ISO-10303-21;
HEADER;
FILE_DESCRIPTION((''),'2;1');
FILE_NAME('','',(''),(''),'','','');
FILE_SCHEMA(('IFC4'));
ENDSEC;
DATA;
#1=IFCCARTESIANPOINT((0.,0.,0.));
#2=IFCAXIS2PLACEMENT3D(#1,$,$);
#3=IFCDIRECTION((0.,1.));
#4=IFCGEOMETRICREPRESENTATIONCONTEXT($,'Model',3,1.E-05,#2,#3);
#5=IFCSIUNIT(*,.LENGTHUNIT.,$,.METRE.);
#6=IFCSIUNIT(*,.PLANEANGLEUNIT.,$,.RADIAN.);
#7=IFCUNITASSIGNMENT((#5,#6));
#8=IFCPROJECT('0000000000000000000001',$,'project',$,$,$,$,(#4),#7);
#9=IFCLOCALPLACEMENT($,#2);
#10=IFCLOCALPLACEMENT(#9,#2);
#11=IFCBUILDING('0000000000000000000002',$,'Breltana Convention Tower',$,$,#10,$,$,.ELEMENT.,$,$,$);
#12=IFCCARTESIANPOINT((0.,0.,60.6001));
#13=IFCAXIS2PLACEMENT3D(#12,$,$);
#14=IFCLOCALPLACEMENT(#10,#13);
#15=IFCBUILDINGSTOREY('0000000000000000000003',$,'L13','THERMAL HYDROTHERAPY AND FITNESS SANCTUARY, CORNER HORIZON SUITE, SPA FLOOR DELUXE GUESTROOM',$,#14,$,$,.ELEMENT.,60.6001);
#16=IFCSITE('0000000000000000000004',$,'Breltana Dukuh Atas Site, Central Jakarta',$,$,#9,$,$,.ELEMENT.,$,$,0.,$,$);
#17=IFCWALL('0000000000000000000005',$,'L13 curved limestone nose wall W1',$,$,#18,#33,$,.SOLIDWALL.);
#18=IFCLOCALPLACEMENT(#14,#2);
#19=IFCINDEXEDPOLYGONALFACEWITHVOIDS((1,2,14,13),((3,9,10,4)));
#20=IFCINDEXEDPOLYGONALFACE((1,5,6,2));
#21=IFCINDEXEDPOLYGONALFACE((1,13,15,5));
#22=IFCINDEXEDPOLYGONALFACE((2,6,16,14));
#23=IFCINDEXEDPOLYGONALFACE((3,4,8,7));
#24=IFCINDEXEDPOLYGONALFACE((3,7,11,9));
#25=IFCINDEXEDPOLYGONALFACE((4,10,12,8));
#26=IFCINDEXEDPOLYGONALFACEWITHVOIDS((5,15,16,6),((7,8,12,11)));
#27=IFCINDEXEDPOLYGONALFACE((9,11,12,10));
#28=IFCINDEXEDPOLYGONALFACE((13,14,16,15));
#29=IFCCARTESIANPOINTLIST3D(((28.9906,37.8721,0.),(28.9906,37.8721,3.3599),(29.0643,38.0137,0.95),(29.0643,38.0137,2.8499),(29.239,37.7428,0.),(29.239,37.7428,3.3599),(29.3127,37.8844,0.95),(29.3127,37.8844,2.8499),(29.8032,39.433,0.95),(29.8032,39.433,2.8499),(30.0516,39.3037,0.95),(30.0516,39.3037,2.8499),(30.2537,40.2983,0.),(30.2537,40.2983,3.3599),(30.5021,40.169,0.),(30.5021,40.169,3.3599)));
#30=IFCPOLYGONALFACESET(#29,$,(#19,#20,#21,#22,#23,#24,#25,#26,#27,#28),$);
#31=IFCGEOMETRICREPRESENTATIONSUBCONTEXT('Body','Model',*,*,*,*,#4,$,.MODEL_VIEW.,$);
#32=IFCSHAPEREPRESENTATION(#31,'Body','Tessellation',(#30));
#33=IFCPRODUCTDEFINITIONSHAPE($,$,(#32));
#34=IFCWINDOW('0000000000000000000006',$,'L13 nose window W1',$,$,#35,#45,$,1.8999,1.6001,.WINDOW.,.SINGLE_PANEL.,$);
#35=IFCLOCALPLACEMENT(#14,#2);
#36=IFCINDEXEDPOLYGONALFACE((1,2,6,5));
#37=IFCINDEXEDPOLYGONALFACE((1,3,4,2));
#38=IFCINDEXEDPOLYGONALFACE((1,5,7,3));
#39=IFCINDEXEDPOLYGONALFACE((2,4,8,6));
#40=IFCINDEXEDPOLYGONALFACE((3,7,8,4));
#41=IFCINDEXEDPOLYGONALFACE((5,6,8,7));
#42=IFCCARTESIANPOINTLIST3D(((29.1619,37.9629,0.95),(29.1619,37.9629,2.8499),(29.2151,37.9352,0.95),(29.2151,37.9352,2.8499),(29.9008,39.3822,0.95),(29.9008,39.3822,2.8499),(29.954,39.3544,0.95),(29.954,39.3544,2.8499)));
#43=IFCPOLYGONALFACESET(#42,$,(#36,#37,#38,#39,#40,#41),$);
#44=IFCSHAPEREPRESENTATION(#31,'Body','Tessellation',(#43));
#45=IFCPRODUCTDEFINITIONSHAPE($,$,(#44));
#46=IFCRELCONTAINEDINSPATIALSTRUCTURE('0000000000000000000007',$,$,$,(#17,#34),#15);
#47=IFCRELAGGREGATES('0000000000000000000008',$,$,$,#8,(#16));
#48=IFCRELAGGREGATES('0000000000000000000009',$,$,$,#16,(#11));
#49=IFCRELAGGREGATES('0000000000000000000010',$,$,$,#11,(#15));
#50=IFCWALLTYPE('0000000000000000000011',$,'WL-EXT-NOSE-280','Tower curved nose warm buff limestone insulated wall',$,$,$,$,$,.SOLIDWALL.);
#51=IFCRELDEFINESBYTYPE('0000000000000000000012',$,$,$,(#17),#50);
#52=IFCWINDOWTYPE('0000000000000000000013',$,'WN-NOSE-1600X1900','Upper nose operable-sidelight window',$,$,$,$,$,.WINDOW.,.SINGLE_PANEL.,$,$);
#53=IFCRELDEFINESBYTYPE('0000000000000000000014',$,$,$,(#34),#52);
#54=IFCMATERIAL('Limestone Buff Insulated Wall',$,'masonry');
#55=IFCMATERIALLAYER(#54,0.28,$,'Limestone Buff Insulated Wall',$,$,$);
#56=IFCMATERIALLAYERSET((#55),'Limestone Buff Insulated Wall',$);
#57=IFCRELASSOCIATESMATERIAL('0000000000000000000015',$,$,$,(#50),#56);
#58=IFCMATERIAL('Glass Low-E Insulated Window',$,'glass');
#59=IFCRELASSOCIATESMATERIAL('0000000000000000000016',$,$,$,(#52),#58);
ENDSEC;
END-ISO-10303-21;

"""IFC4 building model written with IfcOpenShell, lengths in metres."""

from ifc_helpers import new_model, si_unit, direction, frame, frame_2d, origin, place, context, subcontext, project, spatial, rectangle, extrude, source, transform, mapped, material, layer, layer_set, type_object, type_shapes, element, fill, save


model = new_model("IFC4")

# Units and contexts
model_context = context("Model", 3, precision=1e-05, world=origin(), true_north=direction((0.0, 1.0)))
body_context = subcontext(model_context, "Body", "Model", "MODEL_VIEW")
ifc_project = project(units=[si_unit("LENGTHUNIT", "METRE"), si_unit("PLANEANGLEUNIT", "RADIAN")], contexts=[model_context])

# Site, building, storey
site_placement = place(None, origin())
site = spatial("IfcSite", under=ifc_project, at=site_placement, Name="Breltana Dukuh Atas Site, Central Jakarta", CompositionType="ELEMENT", RefElevation=0.0)
building_placement = place(site_placement, origin())
building = spatial("IfcBuilding", under=site, at=building_placement, Name="Breltana Convention Tower", CompositionType="ELEMENT")
storey_placement = place(building_placement, frame((0.0, 0.0, 60.6001)))
storey = spatial("IfcBuildingStorey", under=building, at=storey_placement, Name="L13", Description="THERMAL HYDROTHERAPY AND FITNESS SANCTUARY, CORNER HORIZON SUITE, SPA FLOOR DELUXE GUESTROOM", CompositionType="ELEMENT", Elevation=60.6001)

# Wall, opening, window
ifc_material_1 = material(Name="Limestone Buff Insulated Wall", Category="masonry")
ifc_layer_1 = layer(ifc_material_1, 0.28, Name="Limestone Buff Insulated Wall")
ifc_layer_set_1 = layer_set([ifc_layer_1], Name="Limestone Buff Insulated Wall")
wall_type = type_object("IfcWallType", Name="WL-EXT-NOSE-280", Description="Tower curved nose warm buff limestone insulated wall", PredefinedType="SOLIDWALL", material=ifc_layer_set_1)
ifc_material_2 = material(Name="Glass Low-E Insulated Window", Category="glass")
window_type = type_object("IfcWindowType", Name="WN-NOSE-1600X1900", Description="Upper nose operable-sidelight window", PartitioningType="SINGLE_PANEL", PredefinedType="WINDOW", material=ifc_material_2)
shared_shape_1 = source(origin(), body_context, "Body", "SweptSolid", [
    extrude(rectangle(XDim=1.6001, YDim=1.8999, at=frame_2d((0.8, 0.95))), frame((0.0, 0.03, 0.0), z_axis=(0.0, -1.0, 0.0), x_axis=(1.0, 0.0, 0.0)), (0.0, 0.0, 1.0), 0.0601),
])
type_shapes(window_type, [shared_shape_1])
shared_shape_2 = source(origin(), body_context, "Body", "SweptSolid", [
    extrude(rectangle(XDim=2.7354, YDim=0.28, at=frame_2d((1.3677, 0.0))), origin(), (0.0, 0.0, 1.0), 3.3599),
])
wall_1_placement = place(storey_placement, frame((30.3779, 40.2336, 0.0), z_axis=(0.0, 0.0, 1.0), x_axis=(-0.461791, -0.886989, 0.0)))
wall_1 = element("IfcWall", 1, at=wall_1_placement, inside=storey, type_object=wall_type, Name="L13 curved limestone nose wall W1", PredefinedType="SOLIDWALL", context=body_context, shape_type="MappedRepresentation", body=[
    mapped(shared_shape_2, transform((0.0, 0.0, 0.0), scale=1.0)),
])
opening_1_placement = place(wall_1_placement, frame((0.9756, 0.0, 0.95)))
opening_1 = element("IfcOpeningElement", 2, at=opening_1_placement, cuts=wall_1, PredefinedType="OPENING", context=body_context, shape_type="SweptSolid", body=[
    extrude(rectangle(XDim=1.6001, YDim=1.8999, at=frame_2d((0.8, 0.95))), frame((0.0, 0.1499, 0.0), z_axis=(0.0, -1.0, 0.0), x_axis=(1.0, 0.0, 0.0)), (0.0, 0.0, 1.0), 0.3),
])
window_1_placement = place(opening_1_placement, origin())
window_1 = element("IfcWindow", 3, at=window_1_placement, inside=storey, type_object=window_type, Name="L13 nose window W1", OverallHeight=1.8999, OverallWidth=1.6001, PartitioningType="SINGLE_PANEL", PredefinedType="WINDOW", context=body_context, shape_type="MappedRepresentation", body=[
    mapped(shared_shape_1, transform((0.0, 0.0, 0.0), scale=1.0)),
])
fill(opening_1, window_1)

save(model, "model.ifc")
